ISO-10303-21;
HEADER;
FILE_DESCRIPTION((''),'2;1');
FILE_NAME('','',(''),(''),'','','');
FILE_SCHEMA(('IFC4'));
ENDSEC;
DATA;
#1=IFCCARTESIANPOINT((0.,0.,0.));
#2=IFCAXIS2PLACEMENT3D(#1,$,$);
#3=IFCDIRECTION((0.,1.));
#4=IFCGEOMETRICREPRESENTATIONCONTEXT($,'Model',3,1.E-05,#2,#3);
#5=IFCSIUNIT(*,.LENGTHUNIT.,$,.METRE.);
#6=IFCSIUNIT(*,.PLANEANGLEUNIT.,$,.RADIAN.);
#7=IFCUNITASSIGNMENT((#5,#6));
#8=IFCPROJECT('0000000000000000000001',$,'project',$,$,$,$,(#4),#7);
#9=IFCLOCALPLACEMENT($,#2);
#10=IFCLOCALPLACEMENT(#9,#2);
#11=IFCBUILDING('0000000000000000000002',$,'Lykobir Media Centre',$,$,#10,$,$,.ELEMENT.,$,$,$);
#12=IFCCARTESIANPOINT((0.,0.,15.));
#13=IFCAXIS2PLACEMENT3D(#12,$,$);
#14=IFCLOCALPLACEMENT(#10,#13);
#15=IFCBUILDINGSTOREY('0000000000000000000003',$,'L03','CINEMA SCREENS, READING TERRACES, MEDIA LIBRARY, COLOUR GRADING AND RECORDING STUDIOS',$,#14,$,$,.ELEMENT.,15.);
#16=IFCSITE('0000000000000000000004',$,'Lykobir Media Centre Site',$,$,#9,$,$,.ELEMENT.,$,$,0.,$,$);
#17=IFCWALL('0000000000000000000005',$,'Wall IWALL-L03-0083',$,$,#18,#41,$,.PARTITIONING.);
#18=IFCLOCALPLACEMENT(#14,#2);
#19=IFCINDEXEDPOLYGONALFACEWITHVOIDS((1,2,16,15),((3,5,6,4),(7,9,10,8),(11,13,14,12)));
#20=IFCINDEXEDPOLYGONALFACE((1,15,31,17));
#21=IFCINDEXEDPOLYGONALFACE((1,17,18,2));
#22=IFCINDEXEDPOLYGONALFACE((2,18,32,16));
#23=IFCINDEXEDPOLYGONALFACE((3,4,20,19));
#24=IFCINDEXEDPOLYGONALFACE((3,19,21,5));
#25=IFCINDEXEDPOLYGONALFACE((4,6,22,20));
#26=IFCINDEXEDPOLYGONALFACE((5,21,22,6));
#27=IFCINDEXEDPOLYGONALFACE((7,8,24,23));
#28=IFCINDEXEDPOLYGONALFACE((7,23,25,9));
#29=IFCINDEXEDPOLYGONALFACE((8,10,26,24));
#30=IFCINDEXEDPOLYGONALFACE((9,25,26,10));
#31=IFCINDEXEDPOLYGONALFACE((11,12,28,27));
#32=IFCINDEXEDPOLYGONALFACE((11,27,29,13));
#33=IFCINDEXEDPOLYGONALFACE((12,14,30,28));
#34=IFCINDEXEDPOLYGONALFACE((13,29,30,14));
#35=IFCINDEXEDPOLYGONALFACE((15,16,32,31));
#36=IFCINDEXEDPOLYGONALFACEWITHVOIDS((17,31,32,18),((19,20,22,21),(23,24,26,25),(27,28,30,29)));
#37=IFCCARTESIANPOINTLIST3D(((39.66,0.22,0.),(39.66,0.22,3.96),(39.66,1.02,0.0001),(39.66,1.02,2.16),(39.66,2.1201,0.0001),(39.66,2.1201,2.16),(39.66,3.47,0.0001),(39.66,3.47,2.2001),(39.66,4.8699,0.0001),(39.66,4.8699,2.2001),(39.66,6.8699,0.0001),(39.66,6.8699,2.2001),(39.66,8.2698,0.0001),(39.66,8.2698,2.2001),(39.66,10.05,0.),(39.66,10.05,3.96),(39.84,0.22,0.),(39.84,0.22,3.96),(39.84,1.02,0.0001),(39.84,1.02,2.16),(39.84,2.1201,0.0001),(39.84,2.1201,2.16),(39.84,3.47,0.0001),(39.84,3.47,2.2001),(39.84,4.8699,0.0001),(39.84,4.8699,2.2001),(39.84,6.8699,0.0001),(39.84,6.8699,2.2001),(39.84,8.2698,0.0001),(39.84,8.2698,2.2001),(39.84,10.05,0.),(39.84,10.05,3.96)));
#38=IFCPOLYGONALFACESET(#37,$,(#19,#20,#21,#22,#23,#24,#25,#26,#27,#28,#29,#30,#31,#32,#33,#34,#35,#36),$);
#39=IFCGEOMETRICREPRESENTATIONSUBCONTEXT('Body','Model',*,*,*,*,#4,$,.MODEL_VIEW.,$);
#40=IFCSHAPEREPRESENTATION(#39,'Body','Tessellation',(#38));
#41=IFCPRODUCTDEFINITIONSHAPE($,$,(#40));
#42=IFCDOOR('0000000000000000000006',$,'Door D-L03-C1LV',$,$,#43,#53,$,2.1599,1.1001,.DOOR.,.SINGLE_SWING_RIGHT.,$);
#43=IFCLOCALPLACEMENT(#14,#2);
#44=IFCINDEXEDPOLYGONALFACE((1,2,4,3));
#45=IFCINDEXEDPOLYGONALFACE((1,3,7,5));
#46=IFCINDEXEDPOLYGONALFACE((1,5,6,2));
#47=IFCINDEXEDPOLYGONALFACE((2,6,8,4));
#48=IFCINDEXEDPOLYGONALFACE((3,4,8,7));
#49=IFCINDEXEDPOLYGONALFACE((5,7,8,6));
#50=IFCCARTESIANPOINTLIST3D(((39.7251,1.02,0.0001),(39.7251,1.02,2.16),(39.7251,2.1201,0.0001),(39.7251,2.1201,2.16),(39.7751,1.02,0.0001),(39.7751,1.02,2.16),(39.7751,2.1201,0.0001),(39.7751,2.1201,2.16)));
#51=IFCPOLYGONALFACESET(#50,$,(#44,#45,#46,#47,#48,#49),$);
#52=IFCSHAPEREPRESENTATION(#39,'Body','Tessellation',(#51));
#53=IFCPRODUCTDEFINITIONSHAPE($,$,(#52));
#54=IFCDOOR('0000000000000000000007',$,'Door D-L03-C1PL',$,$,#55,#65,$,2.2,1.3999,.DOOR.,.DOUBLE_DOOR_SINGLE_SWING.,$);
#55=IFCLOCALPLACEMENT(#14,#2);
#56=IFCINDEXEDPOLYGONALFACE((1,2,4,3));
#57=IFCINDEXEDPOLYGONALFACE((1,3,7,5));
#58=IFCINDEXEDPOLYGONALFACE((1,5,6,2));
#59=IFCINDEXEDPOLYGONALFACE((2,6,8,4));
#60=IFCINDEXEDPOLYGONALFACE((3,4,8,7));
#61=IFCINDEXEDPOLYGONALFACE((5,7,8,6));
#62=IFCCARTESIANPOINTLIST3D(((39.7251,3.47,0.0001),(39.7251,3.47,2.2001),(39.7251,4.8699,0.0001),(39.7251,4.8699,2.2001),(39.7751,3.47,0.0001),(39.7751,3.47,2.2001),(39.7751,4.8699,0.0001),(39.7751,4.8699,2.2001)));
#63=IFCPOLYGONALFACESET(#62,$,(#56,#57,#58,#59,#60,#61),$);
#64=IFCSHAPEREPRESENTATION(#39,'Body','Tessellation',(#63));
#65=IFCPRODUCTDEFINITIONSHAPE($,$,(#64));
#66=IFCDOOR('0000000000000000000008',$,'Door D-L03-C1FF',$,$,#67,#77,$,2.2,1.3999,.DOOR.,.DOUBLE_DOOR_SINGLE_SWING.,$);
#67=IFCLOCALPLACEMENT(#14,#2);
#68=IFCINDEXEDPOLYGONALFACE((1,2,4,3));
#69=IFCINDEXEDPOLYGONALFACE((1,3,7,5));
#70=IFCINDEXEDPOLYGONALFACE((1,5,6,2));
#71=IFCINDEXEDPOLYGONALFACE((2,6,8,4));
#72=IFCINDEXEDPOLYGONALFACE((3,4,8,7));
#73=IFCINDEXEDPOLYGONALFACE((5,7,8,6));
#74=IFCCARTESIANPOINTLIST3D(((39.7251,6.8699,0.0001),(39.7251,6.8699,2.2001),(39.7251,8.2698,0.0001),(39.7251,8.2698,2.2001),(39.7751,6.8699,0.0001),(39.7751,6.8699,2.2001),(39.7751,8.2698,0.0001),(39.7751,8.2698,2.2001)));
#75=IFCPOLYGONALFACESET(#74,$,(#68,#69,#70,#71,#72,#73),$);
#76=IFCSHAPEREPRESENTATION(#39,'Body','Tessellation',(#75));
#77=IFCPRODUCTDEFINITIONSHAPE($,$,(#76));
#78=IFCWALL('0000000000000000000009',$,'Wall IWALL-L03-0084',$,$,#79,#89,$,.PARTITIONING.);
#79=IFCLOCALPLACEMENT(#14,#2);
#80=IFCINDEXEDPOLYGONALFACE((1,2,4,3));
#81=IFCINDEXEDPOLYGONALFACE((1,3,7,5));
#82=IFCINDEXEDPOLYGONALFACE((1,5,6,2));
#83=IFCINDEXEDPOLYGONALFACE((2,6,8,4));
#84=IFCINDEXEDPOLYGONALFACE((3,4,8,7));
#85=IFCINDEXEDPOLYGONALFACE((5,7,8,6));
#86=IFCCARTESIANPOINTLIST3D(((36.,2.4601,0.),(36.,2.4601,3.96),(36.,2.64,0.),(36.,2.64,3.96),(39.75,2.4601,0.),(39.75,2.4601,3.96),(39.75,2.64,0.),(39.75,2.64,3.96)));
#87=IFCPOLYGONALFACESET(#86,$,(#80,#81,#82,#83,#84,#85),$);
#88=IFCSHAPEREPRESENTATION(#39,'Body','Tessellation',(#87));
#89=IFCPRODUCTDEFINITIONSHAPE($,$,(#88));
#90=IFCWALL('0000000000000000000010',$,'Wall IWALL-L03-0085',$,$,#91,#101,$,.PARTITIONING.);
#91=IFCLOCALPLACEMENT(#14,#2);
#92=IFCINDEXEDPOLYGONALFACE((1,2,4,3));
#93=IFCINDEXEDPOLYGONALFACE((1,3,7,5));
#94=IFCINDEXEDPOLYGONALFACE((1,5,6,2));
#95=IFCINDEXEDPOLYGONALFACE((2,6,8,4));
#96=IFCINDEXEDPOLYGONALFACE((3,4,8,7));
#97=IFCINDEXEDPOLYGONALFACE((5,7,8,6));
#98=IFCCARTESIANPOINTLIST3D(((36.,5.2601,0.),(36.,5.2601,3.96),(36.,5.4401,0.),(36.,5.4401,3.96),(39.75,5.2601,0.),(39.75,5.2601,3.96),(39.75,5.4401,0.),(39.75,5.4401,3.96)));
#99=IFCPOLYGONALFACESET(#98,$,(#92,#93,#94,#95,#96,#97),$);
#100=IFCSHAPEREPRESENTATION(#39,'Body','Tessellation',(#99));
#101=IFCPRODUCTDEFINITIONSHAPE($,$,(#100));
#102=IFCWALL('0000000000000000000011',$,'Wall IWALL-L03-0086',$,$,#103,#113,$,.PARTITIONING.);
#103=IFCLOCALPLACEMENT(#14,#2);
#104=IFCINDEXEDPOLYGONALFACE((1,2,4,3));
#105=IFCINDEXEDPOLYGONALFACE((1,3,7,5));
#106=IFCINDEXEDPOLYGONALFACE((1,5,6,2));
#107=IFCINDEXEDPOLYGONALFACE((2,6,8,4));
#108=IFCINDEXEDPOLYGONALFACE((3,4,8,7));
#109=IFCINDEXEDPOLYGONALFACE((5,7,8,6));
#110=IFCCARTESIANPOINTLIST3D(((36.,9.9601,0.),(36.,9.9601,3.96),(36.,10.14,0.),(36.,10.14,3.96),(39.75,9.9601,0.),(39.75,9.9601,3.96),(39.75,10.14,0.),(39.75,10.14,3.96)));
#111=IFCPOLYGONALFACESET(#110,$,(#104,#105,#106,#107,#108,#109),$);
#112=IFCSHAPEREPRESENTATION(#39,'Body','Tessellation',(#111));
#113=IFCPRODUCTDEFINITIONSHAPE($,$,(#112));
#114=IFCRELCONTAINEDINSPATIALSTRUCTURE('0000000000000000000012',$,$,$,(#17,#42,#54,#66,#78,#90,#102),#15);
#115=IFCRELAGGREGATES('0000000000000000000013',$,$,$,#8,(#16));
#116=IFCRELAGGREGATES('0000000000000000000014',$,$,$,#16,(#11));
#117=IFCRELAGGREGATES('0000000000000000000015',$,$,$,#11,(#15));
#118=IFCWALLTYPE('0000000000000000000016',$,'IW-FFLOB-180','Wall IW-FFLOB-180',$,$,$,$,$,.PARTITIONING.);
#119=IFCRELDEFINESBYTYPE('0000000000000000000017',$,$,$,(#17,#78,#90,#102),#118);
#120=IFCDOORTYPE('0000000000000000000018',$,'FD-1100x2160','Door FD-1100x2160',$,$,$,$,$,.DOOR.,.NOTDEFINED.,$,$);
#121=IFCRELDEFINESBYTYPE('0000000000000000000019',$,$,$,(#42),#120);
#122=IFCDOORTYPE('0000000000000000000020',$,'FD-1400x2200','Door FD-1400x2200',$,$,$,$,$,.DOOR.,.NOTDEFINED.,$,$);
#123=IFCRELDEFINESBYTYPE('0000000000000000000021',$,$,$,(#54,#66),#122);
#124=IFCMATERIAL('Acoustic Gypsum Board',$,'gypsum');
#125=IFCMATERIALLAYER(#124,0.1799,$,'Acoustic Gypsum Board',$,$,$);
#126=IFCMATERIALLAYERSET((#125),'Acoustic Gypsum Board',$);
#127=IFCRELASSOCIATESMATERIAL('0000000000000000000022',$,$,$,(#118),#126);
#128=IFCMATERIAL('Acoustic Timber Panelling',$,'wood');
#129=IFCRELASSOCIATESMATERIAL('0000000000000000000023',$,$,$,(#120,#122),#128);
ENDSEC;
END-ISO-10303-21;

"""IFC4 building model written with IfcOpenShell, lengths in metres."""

from ifc_helpers import new_model, si_unit, direction, frame, frame_2d, origin, place, context, subcontext, project, spatial, rectangle, extrude, material, layer, layer_set, type_object, element, fill, save


model = new_model("IFC4")

# Units and contexts
model_context = context("Model", 3, precision=1e-05, world=origin(), true_north=direction((0.0, 1.0)))
body_context = subcontext(model_context, "Body", "Model", "MODEL_VIEW")
ifc_project = project(units=[si_unit("LENGTHUNIT", "METRE"), si_unit("PLANEANGLEUNIT", "RADIAN")], contexts=[model_context])

# Site, building, storey
site_placement = place(None, origin())
site = spatial("IfcSite", under=ifc_project, at=site_placement, Name="Lykobir Media Centre Site", CompositionType="ELEMENT", RefElevation=0.0)
building_placement = place(site_placement, origin())
building = spatial("IfcBuilding", under=site, at=building_placement, Name="Lykobir Media Centre", CompositionType="ELEMENT")
storey_placement = place(building_placement, frame((0.0, 0.0, 15.0)))
storey = spatial("IfcBuildingStorey", under=building, at=storey_placement, Name="L03", Description="CINEMA SCREENS, READING TERRACES, MEDIA LIBRARY, COLOUR GRADING AND RECORDING STUDIOS", CompositionType="ELEMENT", Elevation=15.0)

# Shared definitions
ifc_material_1 = material(Name="Acoustic Gypsum Board", Category="gypsum")

# Wall, openings, doors
ifc_layer_1 = layer(ifc_material_1, 0.1799, Name="Acoustic Gypsum Board")
ifc_layer_set_1 = layer_set([ifc_layer_1], Name="Acoustic Gypsum Board")
wall_type_1 = type_object("IfcWallType", Name="IW-FFLOB-180", Description="Wall IW-FFLOB-180", PredefinedType="PARTITIONING", material=ifc_layer_set_1)
wall_1_placement = place(storey_placement, frame((39.75, 0.22, 0.0), z_axis=(0.0, 0.0, 1.0), x_axis=(0.0, 1.0, 0.0)))
wall_1 = element("IfcWall", 1, at=wall_1_placement, inside=storey, type_object=wall_type_1, Name="Wall IWALL-L03-0083", PredefinedType="PARTITIONING", context=body_context, shape_type="SweptSolid", body=[
    extrude(rectangle(XDim=9.8301, YDim=0.1799, at=frame_2d((4.915, 0.0))), origin(), (0.0, 0.0, 1.0), 3.96),
])
opening_1_placement = place(wall_1_placement, frame((0.8, 0.0, 0.0)))
opening_1 = element("IfcOpeningElement", 2, at=opening_1_placement, cuts=wall_1, PredefinedType="OPENING", context=body_context, shape_type="SweptSolid", body=[
    extrude(rectangle(XDim=1.1001, YDim=2.1599, at=frame_2d((0.55, 1.0801))), frame((0.0, 0.0999, 0.0), z_axis=(0.0, -1.0, 0.0), x_axis=(1.0, 0.0, 0.0)), (0.0, 0.0, 1.0), 0.2),
])
opening_2_placement = place(wall_1_placement, frame((3.25, 0.0, 0.0)))
opening_2 = element("IfcOpeningElement", 3, at=opening_2_placement, cuts=wall_1, PredefinedType="OPENING", context=body_context, shape_type="SweptSolid", body=[
    extrude(rectangle(XDim=1.3999, YDim=2.2, at=frame_2d((0.7, 1.1001))), frame((0.0, 0.0999, 0.0), z_axis=(0.0, -1.0, 0.0), x_axis=(1.0, 0.0, 0.0)), (0.0, 0.0, 1.0), 0.2),
])
opening_3_placement = place(wall_1_placement, frame((6.6499, 0.0, 0.0)))
opening_3 = element("IfcOpeningElement", 4, at=opening_3_placement, cuts=wall_1, PredefinedType="OPENING", context=body_context, shape_type="SweptSolid", body=[
    extrude(rectangle(XDim=1.3999, YDim=2.2, at=frame_2d((0.7, 1.1001))), frame((0.0, 0.0999, 0.0), z_axis=(0.0, -1.0, 0.0), x_axis=(1.0, 0.0, 0.0)), (0.0, 0.0, 1.0), 0.2),
])
ifc_material_2 = material(Name="Acoustic Timber Panelling", Category="wood")
door_type_1 = type_object("IfcDoorType", Name="FD-1100x2160", Description="Door FD-1100x2160", OperationType="NOTDEFINED", PredefinedType="DOOR", material=ifc_material_2)
door_1_placement = place(opening_1_placement, origin())
door_1 = element("IfcDoor", 5, at=door_1_placement, inside=storey, type_object=door_type_1, Name="Door D-L03-C1LV", OperationType="SINGLE_SWING_RIGHT", OverallHeight=2.1599, OverallWidth=1.1001, PredefinedType="DOOR", context=body_context, shape_type="SweptSolid", body=[
    extrude(rectangle(XDim=1.1001, YDim=2.1599, at=frame_2d((0.55, 1.0801))), frame((0.0, 0.0249, 0.0), z_axis=(0.0, -1.0, 0.0), x_axis=(1.0, 0.0, 0.0)), (0.0, 0.0, 1.0), 0.05),
])
fill(opening_1, door_1)
door_type_2 = type_object("IfcDoorType", Name="FD-1400x2200", Description="Door FD-1400x2200", OperationType="NOTDEFINED", PredefinedType="DOOR", material=ifc_material_2)
door_2_placement = place(opening_2_placement, origin())
door_2 = element("IfcDoor", 6, at=door_2_placement, inside=storey, type_object=door_type_2, Name="Door D-L03-C1PL", OperationType="DOUBLE_DOOR_SINGLE_SWING", OverallHeight=2.2, OverallWidth=1.3999, PredefinedType="DOOR", context=body_context, shape_type="SweptSolid", body=[
    extrude(rectangle(XDim=1.3999, YDim=2.2, at=frame_2d((0.7, 1.1001))), frame((0.0, 0.0249, 0.0), z_axis=(0.0, -1.0, 0.0), x_axis=(1.0, 0.0, 0.0)), (0.0, 0.0, 1.0), 0.05),
])
fill(opening_2, door_2)
door_3_placement = place(opening_3_placement, origin())
door_3 = element("IfcDoor", 7, at=door_3_placement, inside=storey, type_object=door_type_2, Name="Door D-L03-C1FF", OperationType="DOUBLE_DOOR_SINGLE_SWING", OverallHeight=2.2, OverallWidth=1.3999, PredefinedType="DOOR", context=body_context, shape_type="SweptSolid", body=[
    extrude(rectangle(XDim=1.3999, YDim=2.2, at=frame_2d((0.7, 1.1001))), frame((0.0, 0.0249, 0.0), z_axis=(0.0, -1.0, 0.0), x_axis=(1.0, 0.0, 0.0)), (0.0, 0.0, 1.0), 0.05),
])
fill(opening_3, door_3)

# Walls
for number, where, z_axis, x_axis, name in (
    (8, (36.0, 2.55, 0.0), (0.0, 0.0, 1.0), (1.0, 0.0, 0.0), "Wall IWALL-L03-0084"),
    (9, (36.0, 5.3501, 0.0), (0.0, 0.0, 1.0), (1.0, 0.0, 0.0), "Wall IWALL-L03-0085"),
    (10, (36.0, 10.05, 0.0), (0.0, 0.0, 1.0), (1.0, 0.0, 0.0), "Wall IWALL-L03-0086"),
):
    element("IfcWall", number, at=place(storey_placement, frame(where, z_axis=z_axis, x_axis=x_axis)), inside=storey, type_object=wall_type_1, Name=name, PredefinedType="PARTITIONING", context=body_context, shape_type="SweptSolid", body=[
        extrude(rectangle(XDim=3.75, YDim=0.1799, at=frame_2d((1.875, 0.0))), origin(), (0.0, 0.0, 1.0), 3.96),
    ])

save(model, "model.ifc")
